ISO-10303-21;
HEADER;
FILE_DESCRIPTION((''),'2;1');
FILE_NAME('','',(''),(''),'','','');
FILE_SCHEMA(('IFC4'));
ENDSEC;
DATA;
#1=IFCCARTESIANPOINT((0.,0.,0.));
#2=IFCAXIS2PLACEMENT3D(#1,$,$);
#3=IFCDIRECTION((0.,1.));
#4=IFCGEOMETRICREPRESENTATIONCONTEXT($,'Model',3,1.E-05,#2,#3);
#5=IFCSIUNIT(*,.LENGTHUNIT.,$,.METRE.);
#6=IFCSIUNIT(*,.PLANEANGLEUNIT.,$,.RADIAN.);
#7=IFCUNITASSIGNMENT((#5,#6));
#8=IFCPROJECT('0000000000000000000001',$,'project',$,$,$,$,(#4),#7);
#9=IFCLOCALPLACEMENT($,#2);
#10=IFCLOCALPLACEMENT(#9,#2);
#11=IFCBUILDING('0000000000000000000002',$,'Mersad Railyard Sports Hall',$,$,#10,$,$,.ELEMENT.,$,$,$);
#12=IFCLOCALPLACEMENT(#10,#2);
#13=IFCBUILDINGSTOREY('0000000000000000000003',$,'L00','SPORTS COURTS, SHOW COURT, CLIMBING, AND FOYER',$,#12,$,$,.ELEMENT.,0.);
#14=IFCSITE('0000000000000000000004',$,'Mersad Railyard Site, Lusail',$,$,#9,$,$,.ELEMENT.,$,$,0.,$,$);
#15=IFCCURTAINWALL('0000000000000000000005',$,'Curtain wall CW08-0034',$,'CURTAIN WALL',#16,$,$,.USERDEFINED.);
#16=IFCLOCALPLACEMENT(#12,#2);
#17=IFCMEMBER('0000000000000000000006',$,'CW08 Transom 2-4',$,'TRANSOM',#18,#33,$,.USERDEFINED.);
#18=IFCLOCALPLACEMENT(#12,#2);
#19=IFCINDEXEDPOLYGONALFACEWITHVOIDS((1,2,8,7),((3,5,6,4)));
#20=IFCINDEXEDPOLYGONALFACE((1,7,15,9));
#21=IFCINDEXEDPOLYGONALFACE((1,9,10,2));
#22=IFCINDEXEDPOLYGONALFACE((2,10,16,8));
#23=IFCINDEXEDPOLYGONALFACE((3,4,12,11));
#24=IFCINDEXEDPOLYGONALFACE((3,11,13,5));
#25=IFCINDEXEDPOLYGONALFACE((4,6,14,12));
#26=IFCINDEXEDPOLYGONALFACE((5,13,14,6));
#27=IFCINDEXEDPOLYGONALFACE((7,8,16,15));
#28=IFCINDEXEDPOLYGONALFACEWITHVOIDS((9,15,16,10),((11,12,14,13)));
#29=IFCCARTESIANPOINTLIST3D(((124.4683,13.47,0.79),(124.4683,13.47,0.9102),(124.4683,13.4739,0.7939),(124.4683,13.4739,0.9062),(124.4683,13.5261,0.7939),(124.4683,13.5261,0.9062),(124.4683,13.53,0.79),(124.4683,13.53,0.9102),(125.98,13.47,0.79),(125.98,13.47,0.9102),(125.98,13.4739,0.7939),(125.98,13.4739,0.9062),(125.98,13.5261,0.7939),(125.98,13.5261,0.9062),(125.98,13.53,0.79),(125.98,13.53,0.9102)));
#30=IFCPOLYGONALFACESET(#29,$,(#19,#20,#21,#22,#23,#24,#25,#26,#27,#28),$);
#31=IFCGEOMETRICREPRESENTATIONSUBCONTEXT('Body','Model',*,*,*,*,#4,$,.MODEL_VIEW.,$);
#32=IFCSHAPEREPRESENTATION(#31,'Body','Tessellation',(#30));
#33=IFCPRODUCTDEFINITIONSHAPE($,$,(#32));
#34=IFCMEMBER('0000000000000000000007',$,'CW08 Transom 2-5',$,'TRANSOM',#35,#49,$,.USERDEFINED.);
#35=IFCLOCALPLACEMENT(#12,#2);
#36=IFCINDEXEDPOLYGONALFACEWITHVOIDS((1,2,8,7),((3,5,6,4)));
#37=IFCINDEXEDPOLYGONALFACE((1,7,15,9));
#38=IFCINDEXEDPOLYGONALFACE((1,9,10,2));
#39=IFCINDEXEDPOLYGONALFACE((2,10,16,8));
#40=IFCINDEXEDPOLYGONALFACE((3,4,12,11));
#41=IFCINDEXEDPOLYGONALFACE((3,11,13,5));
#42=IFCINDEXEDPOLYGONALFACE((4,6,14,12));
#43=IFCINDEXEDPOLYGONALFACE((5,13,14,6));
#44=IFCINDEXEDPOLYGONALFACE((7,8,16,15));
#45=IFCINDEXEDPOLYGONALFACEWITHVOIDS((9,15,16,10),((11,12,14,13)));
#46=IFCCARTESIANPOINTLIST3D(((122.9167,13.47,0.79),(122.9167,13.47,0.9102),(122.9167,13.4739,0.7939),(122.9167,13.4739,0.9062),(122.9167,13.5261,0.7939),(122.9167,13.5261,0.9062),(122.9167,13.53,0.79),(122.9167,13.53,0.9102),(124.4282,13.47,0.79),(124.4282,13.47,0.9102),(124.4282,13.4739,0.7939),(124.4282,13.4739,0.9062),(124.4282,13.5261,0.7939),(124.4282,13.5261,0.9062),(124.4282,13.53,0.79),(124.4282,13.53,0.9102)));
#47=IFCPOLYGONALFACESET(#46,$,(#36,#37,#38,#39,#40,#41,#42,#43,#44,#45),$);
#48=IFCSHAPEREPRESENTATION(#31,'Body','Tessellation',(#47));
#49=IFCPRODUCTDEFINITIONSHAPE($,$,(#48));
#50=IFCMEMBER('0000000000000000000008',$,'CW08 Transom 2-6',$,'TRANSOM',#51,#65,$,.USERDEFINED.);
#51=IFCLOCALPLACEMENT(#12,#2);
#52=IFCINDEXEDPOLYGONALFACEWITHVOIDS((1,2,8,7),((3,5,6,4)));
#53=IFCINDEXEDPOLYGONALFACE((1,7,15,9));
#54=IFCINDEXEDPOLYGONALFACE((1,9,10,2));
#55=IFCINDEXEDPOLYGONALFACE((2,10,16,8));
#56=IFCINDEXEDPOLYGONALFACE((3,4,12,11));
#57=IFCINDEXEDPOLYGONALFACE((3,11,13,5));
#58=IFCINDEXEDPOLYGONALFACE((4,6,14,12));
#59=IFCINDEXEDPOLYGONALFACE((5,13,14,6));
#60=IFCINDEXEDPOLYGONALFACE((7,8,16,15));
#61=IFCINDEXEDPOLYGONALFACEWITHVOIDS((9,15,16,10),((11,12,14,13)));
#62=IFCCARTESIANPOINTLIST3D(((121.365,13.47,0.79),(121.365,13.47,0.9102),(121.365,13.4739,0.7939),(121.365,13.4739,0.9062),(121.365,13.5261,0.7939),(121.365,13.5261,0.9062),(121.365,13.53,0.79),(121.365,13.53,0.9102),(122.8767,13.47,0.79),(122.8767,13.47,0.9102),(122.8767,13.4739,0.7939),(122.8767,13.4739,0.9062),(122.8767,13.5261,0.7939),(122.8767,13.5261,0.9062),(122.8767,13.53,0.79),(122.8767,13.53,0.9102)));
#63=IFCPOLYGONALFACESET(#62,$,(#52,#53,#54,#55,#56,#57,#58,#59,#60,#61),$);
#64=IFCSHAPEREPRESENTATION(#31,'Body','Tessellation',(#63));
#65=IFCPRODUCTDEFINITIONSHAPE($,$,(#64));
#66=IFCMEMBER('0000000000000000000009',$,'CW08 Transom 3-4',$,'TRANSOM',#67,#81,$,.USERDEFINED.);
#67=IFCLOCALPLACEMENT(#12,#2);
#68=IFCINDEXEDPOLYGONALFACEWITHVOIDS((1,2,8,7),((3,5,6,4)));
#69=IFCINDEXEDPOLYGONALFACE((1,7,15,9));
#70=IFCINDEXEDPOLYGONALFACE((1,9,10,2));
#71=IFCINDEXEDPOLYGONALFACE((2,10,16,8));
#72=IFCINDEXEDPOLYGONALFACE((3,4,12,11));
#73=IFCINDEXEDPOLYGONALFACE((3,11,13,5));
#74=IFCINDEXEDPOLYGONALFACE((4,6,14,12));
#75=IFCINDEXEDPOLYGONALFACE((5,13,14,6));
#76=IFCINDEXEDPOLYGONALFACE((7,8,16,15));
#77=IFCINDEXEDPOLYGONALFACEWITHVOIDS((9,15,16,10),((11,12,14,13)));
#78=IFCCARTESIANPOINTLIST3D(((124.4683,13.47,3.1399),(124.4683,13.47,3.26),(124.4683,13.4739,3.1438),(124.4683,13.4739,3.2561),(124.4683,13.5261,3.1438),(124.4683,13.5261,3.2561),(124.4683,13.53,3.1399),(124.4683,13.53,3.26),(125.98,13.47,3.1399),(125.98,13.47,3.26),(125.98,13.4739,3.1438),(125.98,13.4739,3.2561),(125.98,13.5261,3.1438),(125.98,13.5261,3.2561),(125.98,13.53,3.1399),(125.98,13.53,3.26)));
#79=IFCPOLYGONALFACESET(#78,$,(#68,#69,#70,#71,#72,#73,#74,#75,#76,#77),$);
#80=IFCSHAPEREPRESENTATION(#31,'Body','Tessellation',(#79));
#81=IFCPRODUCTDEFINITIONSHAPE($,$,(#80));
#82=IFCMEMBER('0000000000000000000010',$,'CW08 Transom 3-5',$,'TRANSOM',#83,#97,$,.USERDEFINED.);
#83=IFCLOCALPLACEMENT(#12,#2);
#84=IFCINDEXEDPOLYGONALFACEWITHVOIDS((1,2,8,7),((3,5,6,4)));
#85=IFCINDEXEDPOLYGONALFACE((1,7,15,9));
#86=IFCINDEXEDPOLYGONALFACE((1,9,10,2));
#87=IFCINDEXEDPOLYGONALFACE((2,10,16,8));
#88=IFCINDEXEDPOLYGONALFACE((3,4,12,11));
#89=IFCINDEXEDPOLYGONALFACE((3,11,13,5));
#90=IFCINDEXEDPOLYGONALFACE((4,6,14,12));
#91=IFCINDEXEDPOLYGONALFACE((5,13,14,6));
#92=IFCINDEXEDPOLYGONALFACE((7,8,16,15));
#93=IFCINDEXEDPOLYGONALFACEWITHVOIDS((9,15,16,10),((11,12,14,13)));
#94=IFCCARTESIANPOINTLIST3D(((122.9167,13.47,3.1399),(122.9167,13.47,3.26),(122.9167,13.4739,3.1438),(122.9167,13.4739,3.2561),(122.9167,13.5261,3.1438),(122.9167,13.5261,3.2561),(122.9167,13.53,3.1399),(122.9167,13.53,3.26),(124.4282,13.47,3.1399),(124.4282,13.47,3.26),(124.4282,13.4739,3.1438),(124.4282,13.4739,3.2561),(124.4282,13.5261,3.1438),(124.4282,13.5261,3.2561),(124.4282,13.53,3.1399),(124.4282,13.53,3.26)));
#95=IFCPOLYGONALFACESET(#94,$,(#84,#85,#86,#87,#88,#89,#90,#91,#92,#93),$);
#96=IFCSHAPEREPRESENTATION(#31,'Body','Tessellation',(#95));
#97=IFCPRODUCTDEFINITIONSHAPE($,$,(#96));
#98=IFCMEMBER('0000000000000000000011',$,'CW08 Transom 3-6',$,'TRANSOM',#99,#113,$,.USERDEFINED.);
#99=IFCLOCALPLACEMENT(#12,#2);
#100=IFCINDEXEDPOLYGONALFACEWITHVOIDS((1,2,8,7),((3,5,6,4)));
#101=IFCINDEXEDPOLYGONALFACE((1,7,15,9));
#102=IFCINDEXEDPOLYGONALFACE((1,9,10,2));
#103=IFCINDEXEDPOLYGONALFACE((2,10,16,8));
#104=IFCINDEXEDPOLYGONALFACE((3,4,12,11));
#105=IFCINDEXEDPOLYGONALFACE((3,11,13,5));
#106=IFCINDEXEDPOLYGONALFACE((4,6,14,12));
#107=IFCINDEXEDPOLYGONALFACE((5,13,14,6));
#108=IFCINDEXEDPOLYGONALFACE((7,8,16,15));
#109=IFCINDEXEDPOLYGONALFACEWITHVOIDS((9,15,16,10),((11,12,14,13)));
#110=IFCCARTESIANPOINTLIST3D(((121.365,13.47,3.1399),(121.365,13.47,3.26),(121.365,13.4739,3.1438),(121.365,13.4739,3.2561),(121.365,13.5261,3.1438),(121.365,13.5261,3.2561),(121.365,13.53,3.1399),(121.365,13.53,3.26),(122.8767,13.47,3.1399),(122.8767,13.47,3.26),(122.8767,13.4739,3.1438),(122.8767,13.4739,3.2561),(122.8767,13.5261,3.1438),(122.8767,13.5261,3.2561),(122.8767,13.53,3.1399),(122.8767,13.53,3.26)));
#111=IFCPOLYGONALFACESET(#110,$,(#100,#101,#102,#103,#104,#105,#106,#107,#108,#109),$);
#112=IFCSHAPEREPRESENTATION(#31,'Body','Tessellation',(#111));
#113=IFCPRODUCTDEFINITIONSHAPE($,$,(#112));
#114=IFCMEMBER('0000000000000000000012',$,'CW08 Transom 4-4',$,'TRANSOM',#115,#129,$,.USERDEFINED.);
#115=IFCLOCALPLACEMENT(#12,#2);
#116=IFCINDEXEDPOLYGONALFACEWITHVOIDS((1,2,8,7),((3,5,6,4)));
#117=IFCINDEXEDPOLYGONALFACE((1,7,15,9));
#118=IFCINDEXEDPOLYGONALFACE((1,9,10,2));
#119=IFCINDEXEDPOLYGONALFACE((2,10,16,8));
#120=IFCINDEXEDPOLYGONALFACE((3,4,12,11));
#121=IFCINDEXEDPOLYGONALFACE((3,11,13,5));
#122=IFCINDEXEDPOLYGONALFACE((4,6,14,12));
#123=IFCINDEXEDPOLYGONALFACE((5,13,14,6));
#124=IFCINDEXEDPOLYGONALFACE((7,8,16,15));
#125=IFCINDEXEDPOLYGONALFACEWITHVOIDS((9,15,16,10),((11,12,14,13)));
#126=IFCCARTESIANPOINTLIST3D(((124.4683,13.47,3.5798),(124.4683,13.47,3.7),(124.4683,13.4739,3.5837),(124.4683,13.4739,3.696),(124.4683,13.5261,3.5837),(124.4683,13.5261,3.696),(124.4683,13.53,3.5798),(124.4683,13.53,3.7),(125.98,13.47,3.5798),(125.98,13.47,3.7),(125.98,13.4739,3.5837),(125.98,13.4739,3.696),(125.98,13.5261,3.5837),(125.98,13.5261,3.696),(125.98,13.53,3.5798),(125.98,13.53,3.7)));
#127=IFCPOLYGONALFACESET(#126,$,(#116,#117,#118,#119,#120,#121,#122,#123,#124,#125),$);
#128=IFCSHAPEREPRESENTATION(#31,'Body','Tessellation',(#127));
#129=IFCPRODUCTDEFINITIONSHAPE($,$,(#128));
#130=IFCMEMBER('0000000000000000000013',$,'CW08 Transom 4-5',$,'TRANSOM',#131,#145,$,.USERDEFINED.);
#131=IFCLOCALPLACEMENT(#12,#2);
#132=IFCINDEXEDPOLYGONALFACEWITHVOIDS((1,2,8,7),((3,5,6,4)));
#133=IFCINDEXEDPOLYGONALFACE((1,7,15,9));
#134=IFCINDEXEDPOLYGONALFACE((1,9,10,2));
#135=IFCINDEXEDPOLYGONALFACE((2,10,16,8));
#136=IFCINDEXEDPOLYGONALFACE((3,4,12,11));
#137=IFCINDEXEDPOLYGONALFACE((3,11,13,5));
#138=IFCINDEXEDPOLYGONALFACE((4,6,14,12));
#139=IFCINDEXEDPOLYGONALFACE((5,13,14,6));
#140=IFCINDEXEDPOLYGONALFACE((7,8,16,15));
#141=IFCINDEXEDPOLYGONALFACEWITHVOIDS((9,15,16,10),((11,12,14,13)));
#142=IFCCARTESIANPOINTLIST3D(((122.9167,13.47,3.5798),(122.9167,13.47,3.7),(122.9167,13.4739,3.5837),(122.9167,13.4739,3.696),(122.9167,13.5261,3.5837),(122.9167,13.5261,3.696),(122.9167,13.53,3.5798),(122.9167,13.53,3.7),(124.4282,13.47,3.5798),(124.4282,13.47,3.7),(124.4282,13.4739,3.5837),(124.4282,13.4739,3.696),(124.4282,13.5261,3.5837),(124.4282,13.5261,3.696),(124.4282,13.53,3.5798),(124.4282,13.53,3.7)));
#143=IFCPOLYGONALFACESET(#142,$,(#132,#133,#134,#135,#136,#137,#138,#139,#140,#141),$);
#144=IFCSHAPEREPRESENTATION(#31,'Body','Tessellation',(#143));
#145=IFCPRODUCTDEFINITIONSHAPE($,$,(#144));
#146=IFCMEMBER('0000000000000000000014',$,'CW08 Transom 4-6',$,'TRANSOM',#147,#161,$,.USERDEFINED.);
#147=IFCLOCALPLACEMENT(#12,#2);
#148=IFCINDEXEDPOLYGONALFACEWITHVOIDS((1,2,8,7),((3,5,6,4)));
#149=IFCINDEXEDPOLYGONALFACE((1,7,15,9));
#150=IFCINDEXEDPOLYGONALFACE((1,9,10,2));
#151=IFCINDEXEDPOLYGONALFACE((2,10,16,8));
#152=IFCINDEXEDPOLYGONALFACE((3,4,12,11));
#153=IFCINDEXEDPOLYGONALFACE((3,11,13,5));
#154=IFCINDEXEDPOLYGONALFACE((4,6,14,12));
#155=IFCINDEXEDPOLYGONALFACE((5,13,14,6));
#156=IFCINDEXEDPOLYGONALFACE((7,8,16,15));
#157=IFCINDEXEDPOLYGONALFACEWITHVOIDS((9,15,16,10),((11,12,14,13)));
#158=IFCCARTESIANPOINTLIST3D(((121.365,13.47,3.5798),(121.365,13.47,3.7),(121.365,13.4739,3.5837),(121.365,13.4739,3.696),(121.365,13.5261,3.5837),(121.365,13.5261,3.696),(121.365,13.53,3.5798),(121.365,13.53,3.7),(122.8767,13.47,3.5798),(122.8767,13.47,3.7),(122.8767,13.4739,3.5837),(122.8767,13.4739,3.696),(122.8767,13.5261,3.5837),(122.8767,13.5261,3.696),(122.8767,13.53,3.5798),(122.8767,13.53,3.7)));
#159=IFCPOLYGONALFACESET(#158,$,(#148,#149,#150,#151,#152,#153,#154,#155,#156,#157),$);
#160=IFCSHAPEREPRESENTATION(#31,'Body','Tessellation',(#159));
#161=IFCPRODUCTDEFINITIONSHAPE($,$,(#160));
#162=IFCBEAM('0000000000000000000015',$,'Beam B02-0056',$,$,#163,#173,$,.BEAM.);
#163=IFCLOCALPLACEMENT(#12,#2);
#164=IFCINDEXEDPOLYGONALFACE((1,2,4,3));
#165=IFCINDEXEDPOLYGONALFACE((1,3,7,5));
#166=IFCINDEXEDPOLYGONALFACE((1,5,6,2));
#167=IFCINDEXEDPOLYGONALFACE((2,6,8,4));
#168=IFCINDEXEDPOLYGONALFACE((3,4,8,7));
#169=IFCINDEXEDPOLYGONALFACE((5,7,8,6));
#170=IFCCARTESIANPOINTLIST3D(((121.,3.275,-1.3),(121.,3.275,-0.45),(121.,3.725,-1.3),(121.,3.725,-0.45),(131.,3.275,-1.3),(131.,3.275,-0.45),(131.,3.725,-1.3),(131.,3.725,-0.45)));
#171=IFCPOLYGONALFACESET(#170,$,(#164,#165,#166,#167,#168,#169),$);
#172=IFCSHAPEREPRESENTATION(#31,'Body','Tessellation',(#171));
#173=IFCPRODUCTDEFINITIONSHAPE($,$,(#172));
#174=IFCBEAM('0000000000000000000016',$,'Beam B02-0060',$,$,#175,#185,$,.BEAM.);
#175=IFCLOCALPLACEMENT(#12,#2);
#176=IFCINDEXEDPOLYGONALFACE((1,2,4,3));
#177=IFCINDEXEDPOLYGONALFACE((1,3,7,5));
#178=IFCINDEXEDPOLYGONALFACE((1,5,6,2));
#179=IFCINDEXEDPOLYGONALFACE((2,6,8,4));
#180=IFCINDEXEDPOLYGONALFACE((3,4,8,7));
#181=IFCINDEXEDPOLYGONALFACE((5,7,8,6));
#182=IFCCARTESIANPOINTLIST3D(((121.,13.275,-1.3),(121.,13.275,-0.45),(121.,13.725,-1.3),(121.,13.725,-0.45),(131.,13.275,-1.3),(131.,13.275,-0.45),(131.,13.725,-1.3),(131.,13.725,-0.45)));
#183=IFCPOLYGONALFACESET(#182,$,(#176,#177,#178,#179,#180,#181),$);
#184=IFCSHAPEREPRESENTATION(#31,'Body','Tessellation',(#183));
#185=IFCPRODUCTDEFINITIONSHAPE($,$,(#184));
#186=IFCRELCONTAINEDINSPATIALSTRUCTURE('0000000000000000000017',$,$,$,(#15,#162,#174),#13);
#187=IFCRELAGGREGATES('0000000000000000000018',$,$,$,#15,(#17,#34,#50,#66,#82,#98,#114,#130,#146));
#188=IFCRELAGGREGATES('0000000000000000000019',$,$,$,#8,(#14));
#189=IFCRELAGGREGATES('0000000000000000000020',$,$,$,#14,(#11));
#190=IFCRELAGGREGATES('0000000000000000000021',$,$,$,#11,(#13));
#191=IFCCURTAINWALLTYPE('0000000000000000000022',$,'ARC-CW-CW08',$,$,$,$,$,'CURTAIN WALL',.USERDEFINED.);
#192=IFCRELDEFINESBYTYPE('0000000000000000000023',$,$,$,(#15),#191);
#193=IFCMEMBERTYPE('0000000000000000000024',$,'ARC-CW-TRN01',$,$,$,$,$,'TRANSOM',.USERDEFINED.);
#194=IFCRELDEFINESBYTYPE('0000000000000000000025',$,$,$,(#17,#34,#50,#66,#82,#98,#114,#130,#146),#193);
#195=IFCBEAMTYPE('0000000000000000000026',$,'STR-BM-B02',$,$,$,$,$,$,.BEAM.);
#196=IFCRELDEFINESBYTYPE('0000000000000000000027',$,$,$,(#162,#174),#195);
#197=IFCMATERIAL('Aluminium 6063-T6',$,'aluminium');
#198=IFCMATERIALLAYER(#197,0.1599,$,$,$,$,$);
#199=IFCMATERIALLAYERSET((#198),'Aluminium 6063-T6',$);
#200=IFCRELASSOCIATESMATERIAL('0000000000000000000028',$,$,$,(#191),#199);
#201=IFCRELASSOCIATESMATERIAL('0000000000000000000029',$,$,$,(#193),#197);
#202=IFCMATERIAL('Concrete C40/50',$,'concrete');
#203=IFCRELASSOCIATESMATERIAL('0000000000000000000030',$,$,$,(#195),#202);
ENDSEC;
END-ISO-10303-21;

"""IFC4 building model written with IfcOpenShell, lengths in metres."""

from ifc_helpers import new_model, si_unit, direction, frame, origin, origin_2d, place, context, subcontext, project, spatial, rectangle, hollow_rectangle, extrude, material, layer, layer_set, material_profile, profile_set, type_object, element, aggregate, save


model = new_model("IFC4")

# Units and contexts
model_context = context("Model", 3, precision=1e-05, world=origin(), true_north=direction((0.0, 1.0)))
body_context = subcontext(model_context, "Body", "Model", "MODEL_VIEW")
ifc_project = project(units=[si_unit("LENGTHUNIT", "METRE"), si_unit("PLANEANGLEUNIT", "RADIAN")], contexts=[model_context])

# Site, building, storey
site_placement = place(None, origin())
site = spatial("IfcSite", under=ifc_project, at=site_placement, Name="Mersad Railyard Site, Lusail", CompositionType="ELEMENT", RefElevation=0.0)
building_placement = place(site_placement, origin())
building = spatial("IfcBuilding", under=site, at=building_placement, Name="Mersad Railyard Sports Hall", CompositionType="ELEMENT")
storey_placement = place(building_placement, origin())
storey = spatial("IfcBuildingStorey", under=building, at=storey_placement, Name="L00", Description="SPORTS COURTS, SHOW COURT, CLIMBING, AND FOYER", CompositionType="ELEMENT", Elevation=0.0)

# Shared definitions
ifc_material_1 = material(Name="Concrete C40/50", Category="concrete")

# Curtain wall, members
ifc_material_2 = material(Name="Aluminium 6063-T6", Category="aluminium")
ifc_layer_1 = layer(ifc_material_2, 0.1599)
ifc_layer_set_1 = layer_set([ifc_layer_1], Name="Aluminium 6063-T6")
curtain_wall_type = type_object("IfcCurtainWallType", Name="ARC-CW-CW08", ElementType="CURTAIN WALL", PredefinedType="USERDEFINED", material=ifc_layer_set_1)
curtain_wall_placement = place(storey_placement, origin())
curtain_wall = element("IfcCurtainWall", 1, at=curtain_wall_placement, inside=storey, type_object=curtain_wall_type, Name="Curtain wall CW08-0034", ObjectType="CURTAIN WALL", PredefinedType="USERDEFINED")
ifc_material_profile_1 = material_profile(ifc_material_2, hollow_rectangle(XDim=0.0601, YDim=0.1201, WallThickness=0.0039, at=origin_2d()), Name="AL TRANSOM 60x120x4")
ifc_profile_set_1 = profile_set([ifc_material_profile_1], Name="Aluminium 6063-T6")
member_type_1 = type_object("IfcMemberType", Name="ARC-CW-TRN01", ElementType="TRANSOM", PredefinedType="USERDEFINED", material=ifc_profile_set_1)
member_1_placement = place(storey_placement, frame((125.98, 13.5, 0.8501), z_axis=(-1.0, 0.0, 0.0), x_axis=(0.0, -1.0, 0.0)))
member_1 = element("IfcMember", 2, at=member_1_placement, type_object=member_type_1, Name="CW08 Transom 2-4", ObjectType="TRANSOM", PredefinedType="USERDEFINED", context=body_context, shape_type="SweptSolid", body=[
    extrude(hollow_rectangle(XDim=0.0601, YDim=0.1201, WallThickness=0.0039, at=origin_2d()), origin(), (0.0, 0.0, 1.0), 1.5117),
])
member_2_placement = place(storey_placement, frame((124.4282, 13.5, 0.8501), z_axis=(-1.0, 0.0, 0.0), x_axis=(0.0, -1.0, 0.0)))
member_2 = element("IfcMember", 3, at=member_2_placement, type_object=member_type_1, Name="CW08 Transom 2-5", ObjectType="TRANSOM", PredefinedType="USERDEFINED", context=body_context, shape_type="SweptSolid", body=[
    extrude(hollow_rectangle(XDim=0.0601, YDim=0.1201, WallThickness=0.0039, at=origin_2d()), origin(), (0.0, 0.0, 1.0), 1.5115),
])
member_3_placement = place(storey_placement, frame((122.8767, 13.5, 0.8501), z_axis=(-1.0, 0.0, 0.0), x_axis=(0.0, -1.0, 0.0)))
member_3 = element("IfcMember", 4, at=member_3_placement, type_object=member_type_1, Name="CW08 Transom 2-6", ObjectType="TRANSOM", PredefinedType="USERDEFINED", context=body_context, shape_type="SweptSolid", body=[
    extrude(hollow_rectangle(XDim=0.0601, YDim=0.1201, WallThickness=0.0039, at=origin_2d()), origin(), (0.0, 0.0, 1.0), 1.5117),
])
member_4_placement = place(storey_placement, frame((125.98, 13.5, 3.2), z_axis=(-1.0, 0.0, 0.0), x_axis=(0.0, -1.0, 0.0)))
member_4 = element("IfcMember", 5, at=member_4_placement, type_object=member_type_1, Name="CW08 Transom 3-4", ObjectType="TRANSOM", PredefinedType="USERDEFINED", context=body_context, shape_type="SweptSolid", body=[
    extrude(hollow_rectangle(XDim=0.0601, YDim=0.1201, WallThickness=0.0039, at=origin_2d()), origin(), (0.0, 0.0, 1.0), 1.5117),
])
member_5_placement = place(storey_placement, frame((124.4282, 13.5, 3.2), z_axis=(-1.0, 0.0, 0.0), x_axis=(0.0, -1.0, 0.0)))
member_5 = element("IfcMember", 6, at=member_5_placement, type_object=member_type_1, Name="CW08 Transom 3-5", ObjectType="TRANSOM", PredefinedType="USERDEFINED", context=body_context, shape_type="SweptSolid", body=[
    extrude(hollow_rectangle(XDim=0.0601, YDim=0.1201, WallThickness=0.0039, at=origin_2d()), origin(), (0.0, 0.0, 1.0), 1.5115),
])
member_6_placement = place(storey_placement, frame((122.8767, 13.5, 3.2), z_axis=(-1.0, 0.0, 0.0), x_axis=(0.0, -1.0, 0.0)))
member_6 = element("IfcMember", 7, at=member_6_placement, type_object=member_type_1, Name="CW08 Transom 3-6", ObjectType="TRANSOM", PredefinedType="USERDEFINED", context=body_context, shape_type="SweptSolid", body=[
    extrude(hollow_rectangle(XDim=0.0601, YDim=0.1201, WallThickness=0.0039, at=origin_2d()), origin(), (0.0, 0.0, 1.0), 1.5117),
])
member_7_placement = place(storey_placement, frame((125.98, 13.5, 3.6399), z_axis=(-1.0, 0.0, 0.0), x_axis=(0.0, -1.0, 0.0)))
member_7 = element("IfcMember", 8, at=member_7_placement, type_object=member_type_1, Name="CW08 Transom 4-4", ObjectType="TRANSOM", PredefinedType="USERDEFINED", context=body_context, shape_type="SweptSolid", body=[
    extrude(hollow_rectangle(XDim=0.0601, YDim=0.1201, WallThickness=0.0039, at=origin_2d()), origin(), (0.0, 0.0, 1.0), 1.5117),
])
member_8_placement = place(storey_placement, frame((124.4282, 13.5, 3.6399), z_axis=(-1.0, 0.0, 0.0), x_axis=(0.0, -1.0, 0.0)))
member_8 = element("IfcMember", 9, at=member_8_placement, type_object=member_type_1, Name="CW08 Transom 4-5", ObjectType="TRANSOM", PredefinedType="USERDEFINED", context=body_context, shape_type="SweptSolid", body=[
    extrude(hollow_rectangle(XDim=0.0601, YDim=0.1201, WallThickness=0.0039, at=origin_2d()), origin(), (0.0, 0.0, 1.0), 1.5115),
])
member_9_placement = place(storey_placement, frame((122.8767, 13.5, 3.6399), z_axis=(-1.0, 0.0, 0.0), x_axis=(0.0, -1.0, 0.0)))
member_9 = element("IfcMember", 10, at=member_9_placement, type_object=member_type_1, Name="CW08 Transom 4-6", ObjectType="TRANSOM", PredefinedType="USERDEFINED", context=body_context, shape_type="SweptSolid", body=[
    extrude(hollow_rectangle(XDim=0.0601, YDim=0.1201, WallThickness=0.0039, at=origin_2d()), origin(), (0.0, 0.0, 1.0), 1.5117),
])

# Beams
ifc_material_profile_2 = material_profile(ifc_material_1, rectangle(XDim=0.45, YDim=0.8501, at=origin_2d()), Name="RC 450x850")
ifc_profile_set_2 = profile_set([ifc_material_profile_2], Name="Concrete C40/50")
beam_type_1 = type_object("IfcBeamType", Name="STR-BM-B02", PredefinedType="BEAM", material=ifc_profile_set_2)
for number, where, z_axis, x_axis, name in (
    (11, (121.0, 3.5, -0.875), (1.0, 0.0, 0.0), (0.0, 1.0, 0.0), "Beam B02-0056"),
    (12, (121.0, 13.5, -0.875), (1.0, 0.0, 0.0), (0.0, 1.0, 0.0), "Beam B02-0060"),
):
    element("IfcBeam", number, at=place(storey_placement, frame(where, z_axis=z_axis, x_axis=x_axis)), inside=storey, type_object=beam_type_1, Name=name, PredefinedType="BEAM", context=body_context, shape_type="SweptSolid", body=[
        extrude(rectangle(XDim=0.45, YDim=0.8501, at=origin_2d()), origin(), (0.0, 0.0, 1.0), 10.0),
    ])

aggregate(curtain_wall, [member_1, member_2, member_3, member_4, member_5, member_6, member_7, member_8, member_9])

save(model, "model.ifc")
